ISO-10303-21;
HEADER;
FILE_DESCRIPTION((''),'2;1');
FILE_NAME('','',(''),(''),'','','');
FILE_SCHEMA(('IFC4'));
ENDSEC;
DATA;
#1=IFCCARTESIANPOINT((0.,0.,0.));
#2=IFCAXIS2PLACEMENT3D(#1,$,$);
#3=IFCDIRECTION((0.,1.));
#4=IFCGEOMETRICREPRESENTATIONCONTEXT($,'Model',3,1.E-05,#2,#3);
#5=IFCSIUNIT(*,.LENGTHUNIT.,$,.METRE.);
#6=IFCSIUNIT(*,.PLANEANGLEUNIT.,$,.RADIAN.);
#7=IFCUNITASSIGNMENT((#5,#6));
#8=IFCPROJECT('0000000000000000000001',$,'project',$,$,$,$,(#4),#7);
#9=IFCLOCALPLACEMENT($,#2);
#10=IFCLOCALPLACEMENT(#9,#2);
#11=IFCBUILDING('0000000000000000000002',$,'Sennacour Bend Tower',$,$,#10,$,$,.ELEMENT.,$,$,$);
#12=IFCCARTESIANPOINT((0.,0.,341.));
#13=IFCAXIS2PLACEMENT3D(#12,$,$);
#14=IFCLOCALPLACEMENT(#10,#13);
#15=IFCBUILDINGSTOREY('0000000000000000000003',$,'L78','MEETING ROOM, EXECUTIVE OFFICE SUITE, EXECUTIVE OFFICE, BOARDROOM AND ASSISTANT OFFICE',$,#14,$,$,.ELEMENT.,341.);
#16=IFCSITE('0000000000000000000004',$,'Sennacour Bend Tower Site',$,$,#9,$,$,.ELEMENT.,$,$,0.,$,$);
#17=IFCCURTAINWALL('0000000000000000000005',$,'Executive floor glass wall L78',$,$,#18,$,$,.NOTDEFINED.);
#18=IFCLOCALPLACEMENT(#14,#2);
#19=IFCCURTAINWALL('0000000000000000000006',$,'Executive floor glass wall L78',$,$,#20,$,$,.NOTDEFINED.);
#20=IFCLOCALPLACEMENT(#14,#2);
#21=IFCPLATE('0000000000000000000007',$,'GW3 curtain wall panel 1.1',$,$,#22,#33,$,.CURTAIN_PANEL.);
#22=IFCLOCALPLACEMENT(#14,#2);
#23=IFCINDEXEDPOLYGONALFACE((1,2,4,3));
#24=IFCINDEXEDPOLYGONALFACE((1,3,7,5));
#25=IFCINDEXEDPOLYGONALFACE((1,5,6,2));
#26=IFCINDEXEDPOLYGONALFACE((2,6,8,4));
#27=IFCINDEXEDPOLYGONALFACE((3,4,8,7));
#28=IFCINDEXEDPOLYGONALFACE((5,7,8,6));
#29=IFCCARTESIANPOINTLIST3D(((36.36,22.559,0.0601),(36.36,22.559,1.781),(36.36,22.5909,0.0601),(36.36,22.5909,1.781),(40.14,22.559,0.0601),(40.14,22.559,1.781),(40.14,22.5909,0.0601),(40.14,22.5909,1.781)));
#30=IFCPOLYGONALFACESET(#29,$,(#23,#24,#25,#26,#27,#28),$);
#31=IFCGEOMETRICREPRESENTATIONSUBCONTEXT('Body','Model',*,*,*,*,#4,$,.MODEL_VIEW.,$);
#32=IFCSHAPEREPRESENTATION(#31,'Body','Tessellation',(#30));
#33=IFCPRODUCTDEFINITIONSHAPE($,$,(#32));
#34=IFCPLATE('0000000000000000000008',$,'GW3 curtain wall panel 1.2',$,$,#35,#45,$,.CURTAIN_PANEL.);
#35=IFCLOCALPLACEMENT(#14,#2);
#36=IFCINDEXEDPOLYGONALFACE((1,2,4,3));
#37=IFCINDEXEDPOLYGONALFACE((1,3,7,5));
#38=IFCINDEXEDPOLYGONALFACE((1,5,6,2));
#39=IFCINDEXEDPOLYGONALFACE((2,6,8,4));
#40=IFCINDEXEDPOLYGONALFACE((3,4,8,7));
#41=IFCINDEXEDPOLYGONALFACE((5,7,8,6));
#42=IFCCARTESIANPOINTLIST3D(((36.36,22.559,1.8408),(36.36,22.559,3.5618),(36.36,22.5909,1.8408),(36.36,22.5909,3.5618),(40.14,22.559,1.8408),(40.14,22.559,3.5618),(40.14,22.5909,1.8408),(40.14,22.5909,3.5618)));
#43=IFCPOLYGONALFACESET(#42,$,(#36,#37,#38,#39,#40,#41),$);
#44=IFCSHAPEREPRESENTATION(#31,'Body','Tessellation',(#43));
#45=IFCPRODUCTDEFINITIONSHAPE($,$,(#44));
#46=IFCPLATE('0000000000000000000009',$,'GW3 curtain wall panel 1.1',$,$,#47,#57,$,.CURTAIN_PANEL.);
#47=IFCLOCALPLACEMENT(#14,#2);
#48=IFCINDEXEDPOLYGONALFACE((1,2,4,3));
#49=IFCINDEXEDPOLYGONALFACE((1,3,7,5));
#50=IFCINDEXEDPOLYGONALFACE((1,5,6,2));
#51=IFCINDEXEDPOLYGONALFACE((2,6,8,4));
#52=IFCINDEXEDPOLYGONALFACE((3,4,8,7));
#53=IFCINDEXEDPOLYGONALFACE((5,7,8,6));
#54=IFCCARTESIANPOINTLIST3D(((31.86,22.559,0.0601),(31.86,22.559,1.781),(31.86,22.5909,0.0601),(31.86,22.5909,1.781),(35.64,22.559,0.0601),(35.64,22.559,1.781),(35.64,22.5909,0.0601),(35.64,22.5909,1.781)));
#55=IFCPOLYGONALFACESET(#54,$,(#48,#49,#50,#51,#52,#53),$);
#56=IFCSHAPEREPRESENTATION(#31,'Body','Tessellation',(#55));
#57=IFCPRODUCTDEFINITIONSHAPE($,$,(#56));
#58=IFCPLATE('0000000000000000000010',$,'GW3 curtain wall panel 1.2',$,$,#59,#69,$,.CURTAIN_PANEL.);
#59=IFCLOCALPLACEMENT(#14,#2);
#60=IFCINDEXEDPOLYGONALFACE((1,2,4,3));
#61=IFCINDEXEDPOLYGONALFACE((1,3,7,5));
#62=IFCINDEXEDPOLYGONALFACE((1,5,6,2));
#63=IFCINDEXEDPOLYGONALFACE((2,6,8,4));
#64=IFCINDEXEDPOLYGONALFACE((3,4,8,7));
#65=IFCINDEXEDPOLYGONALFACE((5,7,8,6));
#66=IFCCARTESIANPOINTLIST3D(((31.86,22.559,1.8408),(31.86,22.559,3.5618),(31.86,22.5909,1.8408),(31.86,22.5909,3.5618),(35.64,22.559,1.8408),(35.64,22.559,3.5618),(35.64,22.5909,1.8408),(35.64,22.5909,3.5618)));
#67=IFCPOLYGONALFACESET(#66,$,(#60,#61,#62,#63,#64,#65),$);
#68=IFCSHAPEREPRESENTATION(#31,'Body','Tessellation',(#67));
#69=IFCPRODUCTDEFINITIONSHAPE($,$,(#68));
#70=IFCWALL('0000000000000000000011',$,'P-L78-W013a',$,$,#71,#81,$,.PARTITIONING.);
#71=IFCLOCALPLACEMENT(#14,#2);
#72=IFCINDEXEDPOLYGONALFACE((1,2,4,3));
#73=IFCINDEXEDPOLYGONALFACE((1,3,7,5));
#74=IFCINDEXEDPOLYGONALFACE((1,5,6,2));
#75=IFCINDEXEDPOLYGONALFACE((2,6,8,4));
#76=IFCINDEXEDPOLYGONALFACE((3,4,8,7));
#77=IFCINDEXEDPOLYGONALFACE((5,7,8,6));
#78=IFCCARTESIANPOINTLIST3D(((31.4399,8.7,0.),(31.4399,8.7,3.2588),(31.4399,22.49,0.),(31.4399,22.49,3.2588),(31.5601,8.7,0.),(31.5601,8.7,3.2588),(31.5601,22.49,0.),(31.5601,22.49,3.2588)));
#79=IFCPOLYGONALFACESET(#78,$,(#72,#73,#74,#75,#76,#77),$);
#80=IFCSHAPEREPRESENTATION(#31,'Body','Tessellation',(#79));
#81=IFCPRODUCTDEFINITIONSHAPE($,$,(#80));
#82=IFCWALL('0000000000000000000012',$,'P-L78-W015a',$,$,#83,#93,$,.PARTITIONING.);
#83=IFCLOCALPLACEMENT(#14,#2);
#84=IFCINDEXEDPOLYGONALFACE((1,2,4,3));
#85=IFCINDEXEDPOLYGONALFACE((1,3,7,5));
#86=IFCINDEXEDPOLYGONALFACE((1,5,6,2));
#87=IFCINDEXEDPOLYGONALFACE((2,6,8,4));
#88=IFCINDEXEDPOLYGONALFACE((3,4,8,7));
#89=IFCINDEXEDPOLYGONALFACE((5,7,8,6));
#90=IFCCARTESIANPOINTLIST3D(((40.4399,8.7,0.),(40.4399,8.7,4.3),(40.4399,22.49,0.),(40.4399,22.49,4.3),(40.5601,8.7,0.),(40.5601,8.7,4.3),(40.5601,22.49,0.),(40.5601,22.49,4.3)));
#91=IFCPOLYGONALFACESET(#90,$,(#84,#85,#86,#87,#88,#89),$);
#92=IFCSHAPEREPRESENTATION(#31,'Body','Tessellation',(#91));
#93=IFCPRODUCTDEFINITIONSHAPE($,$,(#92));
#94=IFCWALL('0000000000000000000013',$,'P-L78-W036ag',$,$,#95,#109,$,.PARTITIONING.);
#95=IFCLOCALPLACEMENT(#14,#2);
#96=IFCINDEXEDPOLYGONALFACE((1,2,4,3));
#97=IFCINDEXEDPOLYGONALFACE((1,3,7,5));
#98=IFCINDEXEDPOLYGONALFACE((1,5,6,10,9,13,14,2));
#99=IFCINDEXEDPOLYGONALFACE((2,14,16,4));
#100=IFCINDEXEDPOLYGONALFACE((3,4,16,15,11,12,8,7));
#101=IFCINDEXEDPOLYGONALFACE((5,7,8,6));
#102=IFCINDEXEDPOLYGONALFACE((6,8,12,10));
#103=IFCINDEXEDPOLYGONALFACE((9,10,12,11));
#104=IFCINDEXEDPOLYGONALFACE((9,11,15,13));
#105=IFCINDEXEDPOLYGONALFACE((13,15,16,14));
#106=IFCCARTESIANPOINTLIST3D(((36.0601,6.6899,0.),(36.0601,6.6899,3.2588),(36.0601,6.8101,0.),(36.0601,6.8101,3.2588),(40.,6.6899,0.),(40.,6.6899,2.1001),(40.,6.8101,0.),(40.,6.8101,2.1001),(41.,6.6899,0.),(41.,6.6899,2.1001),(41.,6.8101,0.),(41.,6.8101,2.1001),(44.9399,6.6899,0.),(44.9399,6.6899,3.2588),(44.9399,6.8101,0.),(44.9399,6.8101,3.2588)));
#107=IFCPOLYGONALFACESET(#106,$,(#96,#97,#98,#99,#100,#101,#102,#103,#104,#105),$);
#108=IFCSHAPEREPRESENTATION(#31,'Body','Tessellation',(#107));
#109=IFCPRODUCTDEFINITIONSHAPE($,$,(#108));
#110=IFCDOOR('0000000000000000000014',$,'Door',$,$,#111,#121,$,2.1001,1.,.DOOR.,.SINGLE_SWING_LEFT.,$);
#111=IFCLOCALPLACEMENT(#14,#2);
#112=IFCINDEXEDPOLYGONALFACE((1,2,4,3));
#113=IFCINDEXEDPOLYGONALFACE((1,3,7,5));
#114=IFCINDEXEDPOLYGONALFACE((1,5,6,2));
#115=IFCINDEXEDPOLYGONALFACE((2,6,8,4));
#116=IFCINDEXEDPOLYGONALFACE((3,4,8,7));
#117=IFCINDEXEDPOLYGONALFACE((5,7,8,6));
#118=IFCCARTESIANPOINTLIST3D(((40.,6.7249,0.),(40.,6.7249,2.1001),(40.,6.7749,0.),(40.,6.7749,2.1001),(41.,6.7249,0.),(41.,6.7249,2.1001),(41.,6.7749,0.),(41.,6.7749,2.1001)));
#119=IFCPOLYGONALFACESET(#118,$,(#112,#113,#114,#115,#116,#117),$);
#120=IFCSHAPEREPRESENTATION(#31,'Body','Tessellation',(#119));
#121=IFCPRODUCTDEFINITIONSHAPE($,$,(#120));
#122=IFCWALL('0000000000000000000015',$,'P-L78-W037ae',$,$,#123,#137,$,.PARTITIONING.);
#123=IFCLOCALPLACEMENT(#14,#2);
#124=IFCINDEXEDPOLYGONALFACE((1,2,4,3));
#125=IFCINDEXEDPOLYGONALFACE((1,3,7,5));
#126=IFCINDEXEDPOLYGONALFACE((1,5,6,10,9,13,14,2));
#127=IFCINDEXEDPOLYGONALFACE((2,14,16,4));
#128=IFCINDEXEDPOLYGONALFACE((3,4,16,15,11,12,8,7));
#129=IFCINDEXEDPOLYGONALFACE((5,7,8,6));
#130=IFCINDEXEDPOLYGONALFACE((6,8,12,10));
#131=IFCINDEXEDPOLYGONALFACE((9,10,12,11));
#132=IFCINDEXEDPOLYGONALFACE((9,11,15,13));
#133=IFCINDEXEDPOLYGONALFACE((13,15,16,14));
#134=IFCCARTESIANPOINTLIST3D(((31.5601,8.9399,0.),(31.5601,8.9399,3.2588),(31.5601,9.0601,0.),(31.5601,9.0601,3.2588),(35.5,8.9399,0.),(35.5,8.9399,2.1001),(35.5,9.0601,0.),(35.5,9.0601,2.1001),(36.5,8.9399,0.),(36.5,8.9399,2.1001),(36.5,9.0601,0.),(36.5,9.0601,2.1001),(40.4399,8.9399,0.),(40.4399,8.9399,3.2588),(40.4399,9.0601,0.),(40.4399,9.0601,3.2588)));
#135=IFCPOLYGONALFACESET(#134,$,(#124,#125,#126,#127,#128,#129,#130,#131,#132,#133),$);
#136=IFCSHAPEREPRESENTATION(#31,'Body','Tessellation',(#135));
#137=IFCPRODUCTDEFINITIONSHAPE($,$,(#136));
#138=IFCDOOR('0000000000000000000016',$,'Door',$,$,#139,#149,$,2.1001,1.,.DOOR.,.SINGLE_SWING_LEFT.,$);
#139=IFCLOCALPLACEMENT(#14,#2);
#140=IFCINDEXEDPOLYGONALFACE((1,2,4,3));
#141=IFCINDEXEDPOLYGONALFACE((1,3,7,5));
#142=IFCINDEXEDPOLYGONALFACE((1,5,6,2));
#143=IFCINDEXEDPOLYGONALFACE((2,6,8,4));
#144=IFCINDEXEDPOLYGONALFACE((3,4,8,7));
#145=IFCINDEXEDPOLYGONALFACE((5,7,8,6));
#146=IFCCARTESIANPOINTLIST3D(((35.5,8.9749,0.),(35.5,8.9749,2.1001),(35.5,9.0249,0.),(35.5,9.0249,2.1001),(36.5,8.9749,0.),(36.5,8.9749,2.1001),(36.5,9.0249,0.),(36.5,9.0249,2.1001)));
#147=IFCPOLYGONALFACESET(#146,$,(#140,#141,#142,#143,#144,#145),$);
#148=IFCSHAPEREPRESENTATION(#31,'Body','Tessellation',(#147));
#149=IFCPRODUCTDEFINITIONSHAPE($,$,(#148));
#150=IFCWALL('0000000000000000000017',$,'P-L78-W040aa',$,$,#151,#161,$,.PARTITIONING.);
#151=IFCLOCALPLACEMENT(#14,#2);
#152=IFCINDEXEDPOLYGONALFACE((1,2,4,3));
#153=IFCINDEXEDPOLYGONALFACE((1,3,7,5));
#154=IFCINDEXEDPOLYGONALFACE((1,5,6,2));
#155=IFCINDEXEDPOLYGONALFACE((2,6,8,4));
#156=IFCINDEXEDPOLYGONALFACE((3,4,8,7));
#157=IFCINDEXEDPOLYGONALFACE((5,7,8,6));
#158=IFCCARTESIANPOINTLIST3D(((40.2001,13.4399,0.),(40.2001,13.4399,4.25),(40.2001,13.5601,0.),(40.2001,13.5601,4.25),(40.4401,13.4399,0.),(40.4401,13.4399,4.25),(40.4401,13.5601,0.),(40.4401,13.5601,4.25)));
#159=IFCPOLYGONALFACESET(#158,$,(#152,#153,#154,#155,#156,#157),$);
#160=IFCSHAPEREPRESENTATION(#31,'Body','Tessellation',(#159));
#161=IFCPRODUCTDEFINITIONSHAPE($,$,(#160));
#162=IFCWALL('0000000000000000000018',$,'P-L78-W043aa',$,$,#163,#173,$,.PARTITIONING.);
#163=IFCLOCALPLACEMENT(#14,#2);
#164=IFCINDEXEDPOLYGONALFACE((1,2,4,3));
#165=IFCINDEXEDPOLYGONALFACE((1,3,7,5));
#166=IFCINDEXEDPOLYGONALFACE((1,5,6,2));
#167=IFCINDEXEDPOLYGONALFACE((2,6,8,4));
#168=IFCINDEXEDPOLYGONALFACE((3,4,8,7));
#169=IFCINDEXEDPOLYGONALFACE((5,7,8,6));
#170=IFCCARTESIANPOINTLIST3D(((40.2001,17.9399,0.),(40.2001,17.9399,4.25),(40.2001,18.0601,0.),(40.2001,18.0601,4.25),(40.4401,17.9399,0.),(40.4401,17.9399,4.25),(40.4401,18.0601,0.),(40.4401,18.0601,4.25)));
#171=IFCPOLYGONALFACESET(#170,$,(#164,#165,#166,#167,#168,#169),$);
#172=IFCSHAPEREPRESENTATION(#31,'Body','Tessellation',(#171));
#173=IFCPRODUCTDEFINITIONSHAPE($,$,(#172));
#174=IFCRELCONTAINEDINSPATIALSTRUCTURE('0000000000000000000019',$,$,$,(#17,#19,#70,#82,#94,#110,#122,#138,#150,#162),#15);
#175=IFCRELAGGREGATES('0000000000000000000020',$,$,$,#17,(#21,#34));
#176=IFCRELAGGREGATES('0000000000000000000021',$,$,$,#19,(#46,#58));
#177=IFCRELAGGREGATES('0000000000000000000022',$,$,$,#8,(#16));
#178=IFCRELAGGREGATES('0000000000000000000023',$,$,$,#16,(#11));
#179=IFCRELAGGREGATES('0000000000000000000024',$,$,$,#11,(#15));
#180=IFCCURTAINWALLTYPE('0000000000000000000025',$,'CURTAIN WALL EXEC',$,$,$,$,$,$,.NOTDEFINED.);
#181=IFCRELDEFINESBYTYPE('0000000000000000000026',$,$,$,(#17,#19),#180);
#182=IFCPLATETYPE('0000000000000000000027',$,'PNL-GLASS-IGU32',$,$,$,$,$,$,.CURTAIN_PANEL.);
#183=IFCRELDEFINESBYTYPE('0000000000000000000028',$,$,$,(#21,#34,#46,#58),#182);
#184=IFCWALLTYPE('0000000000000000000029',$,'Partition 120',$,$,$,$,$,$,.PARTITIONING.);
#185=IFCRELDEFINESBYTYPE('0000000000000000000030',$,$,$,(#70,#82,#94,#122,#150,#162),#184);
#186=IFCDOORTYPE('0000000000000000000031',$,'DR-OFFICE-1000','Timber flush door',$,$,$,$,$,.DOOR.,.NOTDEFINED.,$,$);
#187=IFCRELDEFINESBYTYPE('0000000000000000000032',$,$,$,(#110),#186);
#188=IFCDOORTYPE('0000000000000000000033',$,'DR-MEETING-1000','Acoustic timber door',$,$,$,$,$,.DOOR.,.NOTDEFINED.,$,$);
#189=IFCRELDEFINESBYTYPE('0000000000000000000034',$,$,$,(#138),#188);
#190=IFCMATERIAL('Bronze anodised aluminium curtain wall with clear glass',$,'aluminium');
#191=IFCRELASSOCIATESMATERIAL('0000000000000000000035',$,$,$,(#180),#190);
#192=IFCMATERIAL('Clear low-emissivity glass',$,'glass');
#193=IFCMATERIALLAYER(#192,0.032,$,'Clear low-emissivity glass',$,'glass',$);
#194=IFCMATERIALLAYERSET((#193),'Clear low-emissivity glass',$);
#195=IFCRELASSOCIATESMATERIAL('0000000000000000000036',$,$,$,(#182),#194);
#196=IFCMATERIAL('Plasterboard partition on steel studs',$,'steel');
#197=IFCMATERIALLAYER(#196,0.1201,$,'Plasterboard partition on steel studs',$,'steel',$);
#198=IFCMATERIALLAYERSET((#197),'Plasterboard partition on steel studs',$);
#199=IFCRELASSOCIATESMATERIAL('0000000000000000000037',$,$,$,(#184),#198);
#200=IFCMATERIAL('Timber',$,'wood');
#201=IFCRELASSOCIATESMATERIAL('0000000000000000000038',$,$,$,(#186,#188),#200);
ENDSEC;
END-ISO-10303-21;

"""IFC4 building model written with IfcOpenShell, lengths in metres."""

from ifc_helpers import new_model, si_unit, direction, frame, frame_2d, origin, origin_2d, place, context, subcontext, project, spatial, rectangle, extrude, material, layer, layer_set, type_object, element, fill, aggregate, save


model = new_model("IFC4")

# Units and contexts
model_context = context("Model", 3, precision=1e-05, world=origin(), true_north=direction((0.0, 1.0)))
body_context = subcontext(model_context, "Body", "Model", "MODEL_VIEW")
ifc_project = project(units=[si_unit("LENGTHUNIT", "METRE"), si_unit("PLANEANGLEUNIT", "RADIAN")], contexts=[model_context])

# Site, building, storey
site_placement = place(None, origin())
site = spatial("IfcSite", under=ifc_project, at=site_placement, Name="Sennacour Bend Tower Site", CompositionType="ELEMENT", RefElevation=0.0)
building_placement = place(site_placement, origin())
building = spatial("IfcBuilding", under=site, at=building_placement, Name="Sennacour Bend Tower", CompositionType="ELEMENT")
storey_placement = place(building_placement, frame((0.0, 0.0, 341.0)))
storey = spatial("IfcBuildingStorey", under=building, at=storey_placement, Name="L78", Description="MEETING ROOM, EXECUTIVE OFFICE SUITE, EXECUTIVE OFFICE, BOARDROOM AND ASSISTANT OFFICE", CompositionType="ELEMENT", Elevation=341.0)

# Curtain walls
ifc_material_1 = material(Name="Bronze anodised aluminium curtain wall with clear glass", Category="aluminium")
curtain_wall_type = type_object("IfcCurtainWallType", Name="CURTAIN WALL EXEC", PredefinedType="NOTDEFINED", material=ifc_material_1)
curtain_wall_1_placement = place(storey_placement, origin())
curtain_wall_1 = element("IfcCurtainWall", 1, at=curtain_wall_1_placement, inside=storey, type_object=curtain_wall_type, Name="Executive floor glass wall L78", PredefinedType="NOTDEFINED")
curtain_wall_2_placement = place(storey_placement, origin())
curtain_wall_2 = element("IfcCurtainWall", 2, at=curtain_wall_2_placement, inside=storey, type_object=curtain_wall_type, Name="Executive floor glass wall L78", PredefinedType="NOTDEFINED")

# Plates
ifc_material_2 = material(Name="Clear low-emissivity glass", Category="glass")
ifc_layer_1 = layer(ifc_material_2, 0.032, Name="Clear low-emissivity glass", Category="glass")
ifc_layer_set_1 = layer_set([ifc_layer_1], Name="Clear low-emissivity glass")
plate_type = type_object("IfcPlateType", Name="PNL-GLASS-IGU32", PredefinedType="CURTAIN_PANEL", material=ifc_layer_set_1)
plate_1_placement = place(storey_placement, frame((38.25, 22.575, 0.0601), z_axis=(0.0, 0.0, 1.0), x_axis=(-1.0, 0.0, 0.0)))
plate_1 = element("IfcPlate", 3, at=plate_1_placement, type_object=plate_type, Name="GW3 curtain wall panel 1.1", PredefinedType="CURTAIN_PANEL", context=body_context, shape_type="SweptSolid", body=[
    extrude(rectangle(XDim=3.78, YDim=0.032, at=origin_2d()), origin(), (0.0, 0.0, 1.0), 1.7209),
])
plate_2_placement = place(storey_placement, frame((38.25, 22.575, 1.8408), z_axis=(0.0, 0.0, 1.0), x_axis=(-1.0, 0.0, 0.0)))
plate_2 = element("IfcPlate", 4, at=plate_2_placement, type_object=plate_type, Name="GW3 curtain wall panel 1.2", PredefinedType="CURTAIN_PANEL", context=body_context, shape_type="SweptSolid", body=[
    extrude(rectangle(XDim=3.78, YDim=0.032, at=origin_2d()), origin(), (0.0, 0.0, 1.0), 1.7209),
])
aggregate(curtain_wall_1, [plate_1, plate_2])
plate_3_placement = place(storey_placement, frame((33.75, 22.575, 0.0601), z_axis=(0.0, 0.0, 1.0), x_axis=(-1.0, 0.0, 0.0)))
plate_3 = element("IfcPlate", 5, at=plate_3_placement, type_object=plate_type, Name="GW3 curtain wall panel 1.1", PredefinedType="CURTAIN_PANEL", context=body_context, shape_type="SweptSolid", body=[
    extrude(rectangle(XDim=3.78, YDim=0.032, at=origin_2d()), origin(), (0.0, 0.0, 1.0), 1.7209),
])
plate_4_placement = place(storey_placement, frame((33.75, 22.575, 1.8408), z_axis=(0.0, 0.0, 1.0), x_axis=(-1.0, 0.0, 0.0)))
plate_4 = element("IfcPlate", 6, at=plate_4_placement, type_object=plate_type, Name="GW3 curtain wall panel 1.2", PredefinedType="CURTAIN_PANEL", context=body_context, shape_type="SweptSolid", body=[
    extrude(rectangle(XDim=3.78, YDim=0.032, at=origin_2d()), origin(), (0.0, 0.0, 1.0), 1.7209),
])
aggregate(curtain_wall_2, [plate_3, plate_4])

# Walls
ifc_material_3 = material(Name="Plasterboard partition on steel studs", Category="steel")
ifc_layer_2 = layer(ifc_material_3, 0.1201, Name="Plasterboard partition on steel studs", Category="steel")
ifc_layer_set_2 = layer_set([ifc_layer_2], Name="Plasterboard partition on steel studs")
wall_type = type_object("IfcWallType", Name="Partition 120", PredefinedType="PARTITIONING", material=ifc_layer_set_2)
wall_1_placement = place(storey_placement, frame((31.5, 8.7, 0.0), z_axis=(0.0, 0.0, 1.0), x_axis=(0.0, 1.0, 0.0)))
element("IfcWall", 7, at=wall_1_placement, inside=storey, type_object=wall_type, Name="P-L78-W013a", PredefinedType="PARTITIONING", context=body_context, shape_type="SweptSolid", body=[
    extrude(rectangle(XDim=13.79, YDim=0.1201, at=frame_2d((6.895, 0.0))), origin(), (0.0, 0.0, 1.0), 3.2588),
])
wall_2_placement = place(storey_placement, frame((40.5, 8.7, 0.0), z_axis=(0.0, 0.0, 1.0), x_axis=(0.0, 1.0, 0.0)))
element("IfcWall", 8, at=wall_2_placement, inside=storey, type_object=wall_type, Name="P-L78-W015a", PredefinedType="PARTITIONING", context=body_context, shape_type="SweptSolid", body=[
    extrude(rectangle(XDim=13.79, YDim=0.1201, at=frame_2d((6.895, 0.0))), origin(), (0.0, 0.0, 1.0), 4.3),
])

# Walls, openings, doors
wall_3_placement = place(storey_placement, frame((36.0601, 6.75, 0.0), z_axis=(0.0, 0.0, 1.0), x_axis=(1.0, 0.0, 0.0)))
wall_3 = element("IfcWall", 9, at=wall_3_placement, inside=storey, type_object=wall_type, Name="P-L78-W036ag", PredefinedType="PARTITIONING", context=body_context, shape_type="SweptSolid", body=[
    extrude(rectangle(XDim=8.8799, YDim=0.1201, at=frame_2d((4.4399, 0.0))), origin(), (0.0, 0.0, 1.0), 3.2588),
])
opening_1_placement = place(wall_3_placement, frame((3.9399, 0.0, 0.0)))
opening_1 = element("IfcOpeningElement", 10, at=opening_1_placement, cuts=wall_3, PredefinedType="OPENING", context=body_context, shape_type="SweptSolid", body=[
    extrude(rectangle(XDim=1.0, YDim=2.1001, at=frame_2d((0.5, 1.05))), frame((0.0, 0.0701, 0.0), z_axis=(0.0, -1.0, 0.0), x_axis=(1.0, 0.0, 0.0)), (0.0, 0.0, 1.0), 0.1401),
])
ifc_material_4 = material(Name="Timber", Category="wood")
door_type_1 = type_object("IfcDoorType", Name="DR-OFFICE-1000", Description="Timber flush door", OperationType="NOTDEFINED", PredefinedType="DOOR", material=ifc_material_4)
door_1_placement = place(opening_1_placement, origin())
door_1 = element("IfcDoor", 11, at=door_1_placement, inside=storey, type_object=door_type_1, Name="Door", OperationType="SINGLE_SWING_LEFT", OverallHeight=2.1001, OverallWidth=1.0, PredefinedType="DOOR", context=body_context, shape_type="SweptSolid", body=[
    extrude(rectangle(XDim=1.0, YDim=2.1001, at=frame_2d((0.5, 1.05))), frame((0.0, 0.0249, 0.0), z_axis=(0.0, -1.0, 0.0), x_axis=(1.0, 0.0, 0.0)), (0.0, 0.0, 1.0), 0.05),
])
fill(opening_1, door_1)
wall_4_placement = place(storey_placement, frame((31.5601, 9.0, 0.0), z_axis=(0.0, 0.0, 1.0), x_axis=(1.0, 0.0, 0.0)))
wall_4 = element("IfcWall", 12, at=wall_4_placement, inside=storey, type_object=wall_type, Name="P-L78-W037ae", PredefinedType="PARTITIONING", context=body_context, shape_type="SweptSolid", body=[
    extrude(rectangle(XDim=8.8799, YDim=0.1201, at=frame_2d((4.4399, 0.0))), origin(), (0.0, 0.0, 1.0), 3.2588),
])
opening_2_placement = place(wall_4_placement, frame((3.9399, 0.0, 0.0)))
opening_2 = element("IfcOpeningElement", 13, at=opening_2_placement, cuts=wall_4, PredefinedType="OPENING", context=body_context, shape_type="SweptSolid", body=[
    extrude(rectangle(XDim=1.0, YDim=2.1001, at=frame_2d((0.5, 1.05))), frame((0.0, 0.0701, 0.0), z_axis=(0.0, -1.0, 0.0), x_axis=(1.0, 0.0, 0.0)), (0.0, 0.0, 1.0), 0.1401),
])
door_type_2 = type_object("IfcDoorType", Name="DR-MEETING-1000", Description="Acoustic timber door", OperationType="NOTDEFINED", PredefinedType="DOOR", material=ifc_material_4)
door_2_placement = place(opening_2_placement, origin())
door_2 = element("IfcDoor", 14, at=door_2_placement, inside=storey, type_object=door_type_2, Name="Door", OperationType="SINGLE_SWING_LEFT", OverallHeight=2.1001, OverallWidth=1.0, PredefinedType="DOOR", context=body_context, shape_type="SweptSolid", body=[
    extrude(rectangle(XDim=1.0, YDim=2.1001, at=frame_2d((0.5, 1.05))), frame((0.0, 0.0249, 0.0), z_axis=(0.0, -1.0, 0.0), x_axis=(1.0, 0.0, 0.0)), (0.0, 0.0, 1.0), 0.05),
])
fill(opening_2, door_2)

# Walls
for number, where, z_axis, x_axis, name in (
    (15, (40.2, 13.5, 0.0), (0.0, 0.0, 1.0), (1.0, 0.0, 0.0), "P-L78-W040aa"),
    (16, (40.2, 18.0, 0.0), (0.0, 0.0, 1.0), (1.0, 0.0, 0.0), "P-L78-W043aa"),
):
    element("IfcWall", number, at=place(storey_placement, frame(where, z_axis=z_axis, x_axis=x_axis)), inside=storey, type_object=wall_type, Name=name, PredefinedType="PARTITIONING", context=body_context, shape_type="SweptSolid", body=[
        extrude(rectangle(XDim=0.24, YDim=0.1201, at=frame_2d((0.1201, 0.0))), origin(), (0.0, 0.0, 1.0), 4.25),
    ])

save(model, "model.ifc")
